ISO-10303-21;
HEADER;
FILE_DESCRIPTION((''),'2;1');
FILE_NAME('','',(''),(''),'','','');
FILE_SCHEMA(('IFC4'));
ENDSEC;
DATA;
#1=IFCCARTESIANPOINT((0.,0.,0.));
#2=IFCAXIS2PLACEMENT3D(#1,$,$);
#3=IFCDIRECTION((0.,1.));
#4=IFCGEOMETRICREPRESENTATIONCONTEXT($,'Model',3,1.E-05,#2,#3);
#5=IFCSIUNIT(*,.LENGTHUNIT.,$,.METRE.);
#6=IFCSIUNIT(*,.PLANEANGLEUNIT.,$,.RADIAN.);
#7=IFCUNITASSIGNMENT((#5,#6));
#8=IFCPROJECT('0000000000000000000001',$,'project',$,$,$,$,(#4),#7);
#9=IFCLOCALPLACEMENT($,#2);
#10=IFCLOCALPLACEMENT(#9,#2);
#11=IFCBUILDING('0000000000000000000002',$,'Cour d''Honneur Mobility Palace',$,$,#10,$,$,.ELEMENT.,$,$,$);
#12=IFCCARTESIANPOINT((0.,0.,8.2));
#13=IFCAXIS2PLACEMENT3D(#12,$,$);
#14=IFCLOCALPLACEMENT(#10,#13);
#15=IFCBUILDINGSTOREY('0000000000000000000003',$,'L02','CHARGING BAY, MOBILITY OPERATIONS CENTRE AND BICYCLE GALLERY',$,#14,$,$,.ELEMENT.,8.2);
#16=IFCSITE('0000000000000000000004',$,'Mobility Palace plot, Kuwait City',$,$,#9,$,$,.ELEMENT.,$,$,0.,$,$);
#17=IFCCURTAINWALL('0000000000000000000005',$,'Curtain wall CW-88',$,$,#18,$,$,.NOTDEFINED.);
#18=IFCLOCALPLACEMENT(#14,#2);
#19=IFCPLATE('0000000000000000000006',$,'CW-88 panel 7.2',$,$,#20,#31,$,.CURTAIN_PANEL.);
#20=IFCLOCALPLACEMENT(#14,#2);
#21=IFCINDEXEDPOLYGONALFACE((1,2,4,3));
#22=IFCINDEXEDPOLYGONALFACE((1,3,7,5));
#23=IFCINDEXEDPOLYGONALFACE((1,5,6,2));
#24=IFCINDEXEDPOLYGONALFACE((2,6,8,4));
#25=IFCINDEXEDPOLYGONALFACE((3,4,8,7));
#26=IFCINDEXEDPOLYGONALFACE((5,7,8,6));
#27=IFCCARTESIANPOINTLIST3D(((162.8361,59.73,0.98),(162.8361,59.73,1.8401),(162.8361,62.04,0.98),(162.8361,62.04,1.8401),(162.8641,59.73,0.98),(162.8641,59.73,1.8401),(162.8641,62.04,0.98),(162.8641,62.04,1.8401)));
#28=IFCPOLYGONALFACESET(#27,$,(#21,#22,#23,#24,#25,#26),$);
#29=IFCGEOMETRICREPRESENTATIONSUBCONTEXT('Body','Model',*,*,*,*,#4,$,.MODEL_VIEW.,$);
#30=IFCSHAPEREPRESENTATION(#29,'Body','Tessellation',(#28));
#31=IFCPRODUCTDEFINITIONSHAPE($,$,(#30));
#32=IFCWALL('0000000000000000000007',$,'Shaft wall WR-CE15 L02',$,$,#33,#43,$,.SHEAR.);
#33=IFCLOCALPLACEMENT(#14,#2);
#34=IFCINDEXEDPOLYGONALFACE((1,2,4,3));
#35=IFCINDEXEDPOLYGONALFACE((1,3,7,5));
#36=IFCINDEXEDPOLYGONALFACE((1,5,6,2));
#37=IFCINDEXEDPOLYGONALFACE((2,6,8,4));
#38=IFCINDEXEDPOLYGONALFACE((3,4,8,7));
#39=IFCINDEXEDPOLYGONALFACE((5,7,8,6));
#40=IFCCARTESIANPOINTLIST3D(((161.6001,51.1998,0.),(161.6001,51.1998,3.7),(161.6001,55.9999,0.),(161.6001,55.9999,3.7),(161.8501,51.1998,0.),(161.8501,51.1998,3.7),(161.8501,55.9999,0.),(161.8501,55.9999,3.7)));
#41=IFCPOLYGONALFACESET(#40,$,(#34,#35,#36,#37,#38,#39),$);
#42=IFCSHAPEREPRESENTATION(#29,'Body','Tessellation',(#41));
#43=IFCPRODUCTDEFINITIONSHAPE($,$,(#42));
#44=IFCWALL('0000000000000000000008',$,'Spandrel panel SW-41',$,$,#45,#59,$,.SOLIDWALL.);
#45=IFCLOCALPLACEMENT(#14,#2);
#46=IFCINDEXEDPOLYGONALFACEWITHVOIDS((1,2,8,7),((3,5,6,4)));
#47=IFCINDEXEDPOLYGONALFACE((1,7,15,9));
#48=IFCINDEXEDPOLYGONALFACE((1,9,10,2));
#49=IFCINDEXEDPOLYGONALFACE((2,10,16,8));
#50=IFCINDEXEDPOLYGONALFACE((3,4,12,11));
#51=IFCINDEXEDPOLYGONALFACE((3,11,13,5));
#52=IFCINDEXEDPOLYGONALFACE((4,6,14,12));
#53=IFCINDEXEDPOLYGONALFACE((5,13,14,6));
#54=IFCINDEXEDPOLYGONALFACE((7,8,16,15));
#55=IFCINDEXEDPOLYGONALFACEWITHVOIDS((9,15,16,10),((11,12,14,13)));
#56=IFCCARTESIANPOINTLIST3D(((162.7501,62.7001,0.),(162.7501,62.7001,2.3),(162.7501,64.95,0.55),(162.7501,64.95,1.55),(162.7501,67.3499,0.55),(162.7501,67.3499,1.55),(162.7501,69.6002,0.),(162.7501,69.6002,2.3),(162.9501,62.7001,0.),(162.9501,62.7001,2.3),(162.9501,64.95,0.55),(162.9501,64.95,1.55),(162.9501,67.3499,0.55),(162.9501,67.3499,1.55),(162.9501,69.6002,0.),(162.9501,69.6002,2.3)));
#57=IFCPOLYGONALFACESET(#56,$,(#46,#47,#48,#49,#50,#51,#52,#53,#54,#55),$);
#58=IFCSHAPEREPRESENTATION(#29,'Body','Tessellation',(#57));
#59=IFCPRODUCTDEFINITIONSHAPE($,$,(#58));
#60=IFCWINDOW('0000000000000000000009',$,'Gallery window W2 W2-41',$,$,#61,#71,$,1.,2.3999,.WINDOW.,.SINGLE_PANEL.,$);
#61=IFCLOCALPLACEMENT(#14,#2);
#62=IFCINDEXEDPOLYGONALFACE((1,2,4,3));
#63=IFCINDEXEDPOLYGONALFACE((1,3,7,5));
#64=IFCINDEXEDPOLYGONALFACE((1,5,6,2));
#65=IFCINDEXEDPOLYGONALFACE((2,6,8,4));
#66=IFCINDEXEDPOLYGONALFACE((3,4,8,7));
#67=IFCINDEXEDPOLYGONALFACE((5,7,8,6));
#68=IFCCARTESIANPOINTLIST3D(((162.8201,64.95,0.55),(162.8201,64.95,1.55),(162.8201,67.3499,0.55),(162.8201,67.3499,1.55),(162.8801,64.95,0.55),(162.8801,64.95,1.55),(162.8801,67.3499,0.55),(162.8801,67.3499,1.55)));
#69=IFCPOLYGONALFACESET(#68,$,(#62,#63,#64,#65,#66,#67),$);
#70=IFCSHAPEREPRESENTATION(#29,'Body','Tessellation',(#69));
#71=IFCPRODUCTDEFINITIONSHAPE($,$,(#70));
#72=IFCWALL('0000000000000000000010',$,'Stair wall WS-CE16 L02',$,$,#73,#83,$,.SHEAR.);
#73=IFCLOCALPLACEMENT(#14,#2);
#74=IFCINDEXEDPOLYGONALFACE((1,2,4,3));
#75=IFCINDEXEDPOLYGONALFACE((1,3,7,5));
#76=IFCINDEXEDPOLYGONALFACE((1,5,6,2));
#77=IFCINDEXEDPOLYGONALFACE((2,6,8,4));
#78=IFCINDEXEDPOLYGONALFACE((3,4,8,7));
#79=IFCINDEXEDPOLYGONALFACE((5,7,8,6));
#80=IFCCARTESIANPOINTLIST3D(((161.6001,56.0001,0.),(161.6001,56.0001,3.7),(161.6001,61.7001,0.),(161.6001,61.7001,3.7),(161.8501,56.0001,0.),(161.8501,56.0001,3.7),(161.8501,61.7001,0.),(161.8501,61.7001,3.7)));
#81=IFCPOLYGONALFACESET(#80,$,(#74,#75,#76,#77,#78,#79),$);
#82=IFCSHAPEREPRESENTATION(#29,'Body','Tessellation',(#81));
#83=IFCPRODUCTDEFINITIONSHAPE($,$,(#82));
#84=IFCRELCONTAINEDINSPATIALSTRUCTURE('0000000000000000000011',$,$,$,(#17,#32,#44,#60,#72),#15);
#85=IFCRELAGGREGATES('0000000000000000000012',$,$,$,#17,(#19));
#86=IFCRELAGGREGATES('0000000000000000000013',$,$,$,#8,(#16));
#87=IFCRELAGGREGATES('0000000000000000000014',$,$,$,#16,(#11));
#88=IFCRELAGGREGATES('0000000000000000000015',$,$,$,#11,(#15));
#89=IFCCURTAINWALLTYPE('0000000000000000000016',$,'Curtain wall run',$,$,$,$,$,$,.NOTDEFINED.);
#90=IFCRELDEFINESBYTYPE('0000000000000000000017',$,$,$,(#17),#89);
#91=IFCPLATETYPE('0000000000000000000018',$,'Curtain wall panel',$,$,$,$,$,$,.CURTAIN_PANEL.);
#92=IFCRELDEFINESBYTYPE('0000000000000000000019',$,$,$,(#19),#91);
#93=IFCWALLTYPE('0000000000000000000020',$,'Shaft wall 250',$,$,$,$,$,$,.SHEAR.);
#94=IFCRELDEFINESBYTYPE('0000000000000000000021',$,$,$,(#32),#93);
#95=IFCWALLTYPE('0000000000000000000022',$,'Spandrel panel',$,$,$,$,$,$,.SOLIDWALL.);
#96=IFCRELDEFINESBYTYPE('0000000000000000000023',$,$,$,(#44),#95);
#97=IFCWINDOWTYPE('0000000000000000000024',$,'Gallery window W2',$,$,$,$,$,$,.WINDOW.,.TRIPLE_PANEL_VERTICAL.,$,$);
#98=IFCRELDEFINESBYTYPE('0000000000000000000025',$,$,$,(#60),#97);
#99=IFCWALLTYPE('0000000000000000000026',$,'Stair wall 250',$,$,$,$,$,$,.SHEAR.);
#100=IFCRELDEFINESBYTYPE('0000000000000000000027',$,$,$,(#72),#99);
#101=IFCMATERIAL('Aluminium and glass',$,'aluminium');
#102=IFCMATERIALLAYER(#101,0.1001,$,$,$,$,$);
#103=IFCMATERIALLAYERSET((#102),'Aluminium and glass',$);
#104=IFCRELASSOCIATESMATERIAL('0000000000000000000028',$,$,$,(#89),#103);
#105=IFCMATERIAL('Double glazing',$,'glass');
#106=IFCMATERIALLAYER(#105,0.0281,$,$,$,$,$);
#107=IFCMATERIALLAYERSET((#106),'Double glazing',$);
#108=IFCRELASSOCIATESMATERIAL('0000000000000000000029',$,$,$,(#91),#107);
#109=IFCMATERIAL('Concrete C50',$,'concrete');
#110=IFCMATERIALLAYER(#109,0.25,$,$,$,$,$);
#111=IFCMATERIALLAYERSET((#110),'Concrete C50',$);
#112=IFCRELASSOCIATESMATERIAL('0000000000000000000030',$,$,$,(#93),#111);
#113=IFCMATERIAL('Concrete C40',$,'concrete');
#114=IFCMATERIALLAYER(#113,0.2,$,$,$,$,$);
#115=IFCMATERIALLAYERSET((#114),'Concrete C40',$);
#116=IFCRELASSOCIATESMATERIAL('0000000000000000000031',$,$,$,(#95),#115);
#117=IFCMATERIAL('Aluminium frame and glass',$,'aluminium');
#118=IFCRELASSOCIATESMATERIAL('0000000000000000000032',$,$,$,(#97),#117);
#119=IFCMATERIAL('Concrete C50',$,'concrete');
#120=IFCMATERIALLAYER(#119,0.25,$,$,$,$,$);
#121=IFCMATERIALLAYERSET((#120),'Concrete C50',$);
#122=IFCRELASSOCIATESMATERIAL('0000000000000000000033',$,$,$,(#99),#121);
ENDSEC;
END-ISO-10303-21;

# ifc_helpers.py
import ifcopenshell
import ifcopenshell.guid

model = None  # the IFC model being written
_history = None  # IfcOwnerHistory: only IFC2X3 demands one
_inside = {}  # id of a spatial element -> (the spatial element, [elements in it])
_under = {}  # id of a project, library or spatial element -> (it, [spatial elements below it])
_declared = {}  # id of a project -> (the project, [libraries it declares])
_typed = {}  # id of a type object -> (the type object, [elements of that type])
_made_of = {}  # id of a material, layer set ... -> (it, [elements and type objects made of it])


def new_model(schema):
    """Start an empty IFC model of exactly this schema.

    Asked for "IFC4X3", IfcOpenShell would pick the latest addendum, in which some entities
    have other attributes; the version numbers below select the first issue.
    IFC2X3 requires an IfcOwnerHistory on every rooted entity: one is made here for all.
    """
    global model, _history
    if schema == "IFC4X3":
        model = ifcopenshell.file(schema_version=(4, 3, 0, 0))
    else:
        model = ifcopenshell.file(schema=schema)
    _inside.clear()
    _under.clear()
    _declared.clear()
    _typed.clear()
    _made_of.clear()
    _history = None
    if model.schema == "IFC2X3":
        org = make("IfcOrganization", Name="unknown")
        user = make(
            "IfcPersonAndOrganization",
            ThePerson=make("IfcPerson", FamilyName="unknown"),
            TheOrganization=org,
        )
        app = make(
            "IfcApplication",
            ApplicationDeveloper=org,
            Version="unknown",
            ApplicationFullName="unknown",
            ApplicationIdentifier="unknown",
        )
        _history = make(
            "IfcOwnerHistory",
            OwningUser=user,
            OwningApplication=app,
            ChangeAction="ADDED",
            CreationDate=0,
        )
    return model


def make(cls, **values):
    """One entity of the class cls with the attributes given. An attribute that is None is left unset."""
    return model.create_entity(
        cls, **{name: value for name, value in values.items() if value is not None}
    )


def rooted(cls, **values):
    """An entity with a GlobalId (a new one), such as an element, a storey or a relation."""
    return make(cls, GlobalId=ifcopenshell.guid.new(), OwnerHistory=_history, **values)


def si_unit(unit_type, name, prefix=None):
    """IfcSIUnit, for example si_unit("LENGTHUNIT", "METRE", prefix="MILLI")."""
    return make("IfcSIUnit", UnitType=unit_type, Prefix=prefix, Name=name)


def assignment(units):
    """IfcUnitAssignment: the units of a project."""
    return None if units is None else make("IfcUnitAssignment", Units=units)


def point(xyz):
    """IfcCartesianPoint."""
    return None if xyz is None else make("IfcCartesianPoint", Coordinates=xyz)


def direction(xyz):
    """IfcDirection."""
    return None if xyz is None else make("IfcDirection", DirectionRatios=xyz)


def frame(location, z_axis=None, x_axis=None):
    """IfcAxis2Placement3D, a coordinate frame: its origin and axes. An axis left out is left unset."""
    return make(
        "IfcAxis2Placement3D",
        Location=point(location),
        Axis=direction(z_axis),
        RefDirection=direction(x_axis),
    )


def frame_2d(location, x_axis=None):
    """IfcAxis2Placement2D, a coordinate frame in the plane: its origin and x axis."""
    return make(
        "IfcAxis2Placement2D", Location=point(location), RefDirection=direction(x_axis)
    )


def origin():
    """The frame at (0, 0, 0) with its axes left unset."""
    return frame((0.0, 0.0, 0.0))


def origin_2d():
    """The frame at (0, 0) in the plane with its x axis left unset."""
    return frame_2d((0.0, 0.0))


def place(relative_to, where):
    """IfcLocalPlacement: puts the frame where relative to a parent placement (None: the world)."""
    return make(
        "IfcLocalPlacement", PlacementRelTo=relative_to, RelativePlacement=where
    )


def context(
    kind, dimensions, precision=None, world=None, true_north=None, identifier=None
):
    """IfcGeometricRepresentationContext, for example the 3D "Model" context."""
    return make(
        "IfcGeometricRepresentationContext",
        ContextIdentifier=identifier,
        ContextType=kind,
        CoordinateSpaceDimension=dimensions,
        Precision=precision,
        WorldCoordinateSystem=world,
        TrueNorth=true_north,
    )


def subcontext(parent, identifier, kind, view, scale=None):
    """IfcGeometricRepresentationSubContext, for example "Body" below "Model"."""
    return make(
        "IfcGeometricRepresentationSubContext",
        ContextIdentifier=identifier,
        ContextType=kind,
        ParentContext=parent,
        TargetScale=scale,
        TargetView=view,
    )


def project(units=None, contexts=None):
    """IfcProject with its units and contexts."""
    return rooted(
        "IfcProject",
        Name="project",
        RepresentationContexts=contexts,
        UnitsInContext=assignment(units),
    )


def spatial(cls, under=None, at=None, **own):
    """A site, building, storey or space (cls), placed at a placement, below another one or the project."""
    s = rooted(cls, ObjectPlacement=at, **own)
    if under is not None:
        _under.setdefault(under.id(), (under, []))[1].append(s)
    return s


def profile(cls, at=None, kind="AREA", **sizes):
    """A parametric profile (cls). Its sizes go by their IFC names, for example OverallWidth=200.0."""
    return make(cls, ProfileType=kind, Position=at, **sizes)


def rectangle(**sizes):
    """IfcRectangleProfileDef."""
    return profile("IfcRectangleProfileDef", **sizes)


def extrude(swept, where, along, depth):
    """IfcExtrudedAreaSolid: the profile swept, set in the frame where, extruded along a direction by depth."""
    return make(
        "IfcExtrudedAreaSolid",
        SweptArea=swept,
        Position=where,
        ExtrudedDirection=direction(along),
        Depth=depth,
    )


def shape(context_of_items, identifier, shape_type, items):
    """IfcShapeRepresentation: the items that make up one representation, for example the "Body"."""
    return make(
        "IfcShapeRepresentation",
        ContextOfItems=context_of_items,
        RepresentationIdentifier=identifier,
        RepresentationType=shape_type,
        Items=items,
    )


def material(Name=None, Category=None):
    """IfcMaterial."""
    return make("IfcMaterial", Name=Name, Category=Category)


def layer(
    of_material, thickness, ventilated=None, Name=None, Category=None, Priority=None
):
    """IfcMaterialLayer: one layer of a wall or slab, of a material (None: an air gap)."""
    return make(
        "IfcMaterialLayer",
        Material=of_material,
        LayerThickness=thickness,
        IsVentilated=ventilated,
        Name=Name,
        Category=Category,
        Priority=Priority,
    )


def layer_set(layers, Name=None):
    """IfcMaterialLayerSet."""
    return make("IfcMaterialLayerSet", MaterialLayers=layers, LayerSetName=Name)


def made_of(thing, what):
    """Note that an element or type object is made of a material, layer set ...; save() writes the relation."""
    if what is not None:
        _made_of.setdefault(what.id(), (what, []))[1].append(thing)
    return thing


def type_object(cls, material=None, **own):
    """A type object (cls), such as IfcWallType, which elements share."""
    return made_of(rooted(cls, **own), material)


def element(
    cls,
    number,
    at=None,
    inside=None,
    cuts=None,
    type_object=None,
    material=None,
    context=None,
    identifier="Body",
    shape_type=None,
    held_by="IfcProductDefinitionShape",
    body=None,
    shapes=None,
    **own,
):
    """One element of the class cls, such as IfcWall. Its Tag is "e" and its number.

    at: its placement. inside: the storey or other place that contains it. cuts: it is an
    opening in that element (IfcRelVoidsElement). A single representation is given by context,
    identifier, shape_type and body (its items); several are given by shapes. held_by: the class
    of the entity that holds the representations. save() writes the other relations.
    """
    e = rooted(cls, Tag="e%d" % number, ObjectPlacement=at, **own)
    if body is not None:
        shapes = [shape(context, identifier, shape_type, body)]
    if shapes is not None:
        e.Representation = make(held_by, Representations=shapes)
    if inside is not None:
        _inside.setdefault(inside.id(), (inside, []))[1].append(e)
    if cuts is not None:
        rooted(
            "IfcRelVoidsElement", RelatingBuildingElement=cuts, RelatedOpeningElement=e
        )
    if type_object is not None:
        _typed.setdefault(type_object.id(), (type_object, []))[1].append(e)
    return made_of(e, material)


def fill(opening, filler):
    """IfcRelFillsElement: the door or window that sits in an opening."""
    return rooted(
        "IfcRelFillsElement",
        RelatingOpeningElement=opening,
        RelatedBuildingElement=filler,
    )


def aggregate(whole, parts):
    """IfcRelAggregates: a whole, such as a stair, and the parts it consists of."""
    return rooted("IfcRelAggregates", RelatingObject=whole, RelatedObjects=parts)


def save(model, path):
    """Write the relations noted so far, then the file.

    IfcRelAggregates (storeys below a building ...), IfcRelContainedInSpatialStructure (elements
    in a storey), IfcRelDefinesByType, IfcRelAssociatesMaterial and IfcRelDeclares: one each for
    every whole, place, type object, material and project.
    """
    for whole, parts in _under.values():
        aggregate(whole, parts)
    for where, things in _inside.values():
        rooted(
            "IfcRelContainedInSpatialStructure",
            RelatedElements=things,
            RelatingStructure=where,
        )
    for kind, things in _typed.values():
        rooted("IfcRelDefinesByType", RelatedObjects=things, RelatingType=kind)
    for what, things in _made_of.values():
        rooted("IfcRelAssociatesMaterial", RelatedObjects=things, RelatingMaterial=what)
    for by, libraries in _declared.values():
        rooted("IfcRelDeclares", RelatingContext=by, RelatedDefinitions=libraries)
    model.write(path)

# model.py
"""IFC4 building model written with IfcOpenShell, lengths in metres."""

from ifc_helpers import new_model, si_unit, direction, frame, frame_2d, origin, origin_2d, place, context, subcontext, project, spatial, rectangle, extrude, material, layer, layer_set, type_object, element, fill, aggregate, save


model = new_model("IFC4")

# Units and contexts
model_context = context("Model", 3, precision=1e-05, world=origin(), true_north=direction((0.0, 1.0)))
body_context = subcontext(model_context, "Body", "Model", "MODEL_VIEW")
ifc_project = project(units=[si_unit("LENGTHUNIT", "METRE"), si_unit("PLANEANGLEUNIT", "RADIAN")], contexts=[model_context])

# Site, building, storey
site_placement = place(None, origin())
site = spatial("IfcSite", under=ifc_project, at=site_placement, Name="Mobility Palace plot, Kuwait City", CompositionType="ELEMENT", RefElevation=0.0)
building_placement = place(site_placement, origin())
building = spatial("IfcBuilding", under=site, at=building_placement, Name="Cour d'Honneur Mobility Palace", CompositionType="ELEMENT")
storey_placement = place(building_placement, frame((0.0, 0.0, 8.2)))
storey = spatial("IfcBuildingStorey", under=building, at=storey_placement, Name="L02", Description="CHARGING BAY, MOBILITY OPERATIONS CENTRE AND BICYCLE GALLERY", CompositionType="ELEMENT", Elevation=8.2)

# Curtain wall, plate
ifc_material_1 = material(Name="Aluminium and glass", Category="aluminium")
ifc_layer_1 = layer(ifc_material_1, 0.1001)
ifc_layer_set_1 = layer_set([ifc_layer_1], Name="Aluminium and glass")
curtain_wall_type = type_object("IfcCurtainWallType", Name="Curtain wall run", PredefinedType="NOTDEFINED", material=ifc_layer_set_1)
curtain_wall_placement = place(storey_placement, origin())
curtain_wall = element("IfcCurtainWall", 1, at=curtain_wall_placement, inside=storey, type_object=curtain_wall_type, Name="Curtain wall CW-88", PredefinedType="NOTDEFINED")
ifc_material_2 = material(Name="Double glazing", Category="glass")
ifc_layer_2 = layer(ifc_material_2, 0.0281)
ifc_layer_set_2 = layer_set([ifc_layer_2], Name="Double glazing")
plate_type = type_object("IfcPlateType", Name="Curtain wall panel", PredefinedType="CURTAIN_PANEL", material=ifc_layer_set_2)
plate_1_placement = place(storey_placement, frame((162.8501, 60.885, 0.98), z_axis=(0.0, 0.0, 1.0), x_axis=(0.0, 1.0, 0.0)))
plate_1 = element("IfcPlate", 2, at=plate_1_placement, type_object=plate_type, Name="CW-88 panel 7.2", PredefinedType="CURTAIN_PANEL", context=body_context, shape_type="SweptSolid", body=[
    extrude(rectangle(XDim=2.3101, YDim=0.0281, at=origin_2d()), origin(), (0.0, 0.0, 1.0), 0.8601),
])
aggregate(curtain_wall, [plate_1])

# Wall
ifc_material_3 = material(Name="Concrete C50", Category="concrete")
ifc_layer_3 = layer(ifc_material_3, 0.25)
ifc_layer_set_3 = layer_set([ifc_layer_3], Name="Concrete C50")
wall_type_1 = type_object("IfcWallType", Name="Shaft wall 250", PredefinedType="SHEAR", material=ifc_layer_set_3)
wall_1_placement = place(storey_placement, frame((161.7251, 51.2, 0.0), z_axis=(0.0, 0.0, 1.0), x_axis=(0.0, 1.0, 0.0)))
element("IfcWall", 3, at=wall_1_placement, inside=storey, type_object=wall_type_1, Name="Shaft wall WR-CE15 L02", PredefinedType="SHEAR", context=body_context, shape_type="SweptSolid", body=[
    extrude(rectangle(XDim=4.8, YDim=0.25, at=frame_2d((2.3999, 0.0))), origin(), (0.0, 0.0, 1.0), 3.7),
])

# Wall, opening, window
ifc_material_4 = material(Name="Concrete C40", Category="concrete")
ifc_layer_4 = layer(ifc_material_4, 0.2)
ifc_layer_set_4 = layer_set([ifc_layer_4], Name="Concrete C40")
wall_type_2 = type_object("IfcWallType", Name="Spandrel panel", PredefinedType="SOLIDWALL", material=ifc_layer_set_4)
wall_2_placement = place(storey_placement, frame((162.8501, 62.7, 0.0), z_axis=(0.0, 0.0, 1.0), x_axis=(0.0, 1.0, 0.0)))
wall_2 = element("IfcWall", 4, at=wall_2_placement, inside=storey, type_object=wall_type_2, Name="Spandrel panel SW-41", PredefinedType="SOLIDWALL", context=body_context, shape_type="SweptSolid", body=[
    extrude(rectangle(XDim=6.9001, YDim=0.2, at=frame_2d((3.4502, 0.0))), origin(), (0.0, 0.0, 1.0), 2.3),
])
opening_placement = place(wall_2_placement, frame((2.25, 0.0, 0.55)))
opening = element("IfcOpeningElement", 5, at=opening_placement, cuts=wall_2, PredefinedType="OPENING", context=body_context, shape_type="SweptSolid", body=[
    extrude(rectangle(XDim=2.3999, YDim=1.0, at=frame_2d((1.2, 0.5))), frame((0.0, 0.1099, 0.0), z_axis=(0.0, -1.0, 0.0), x_axis=(1.0, 0.0, 0.0)), (0.0, 0.0, 1.0), 0.22),
])
ifc_material_5 = material(Name="Aluminium frame and glass", Category="aluminium")
window_type = type_object("IfcWindowType", Name="Gallery window W2", PartitioningType="TRIPLE_PANEL_VERTICAL", PredefinedType="WINDOW", material=ifc_material_5)
window_placement = place(opening_placement, origin())
window = element("IfcWindow", 6, at=window_placement, inside=storey, type_object=window_type, Name="Gallery window W2 W2-41", OverallHeight=1.0, OverallWidth=2.3999, PartitioningType="SINGLE_PANEL", PredefinedType="WINDOW", context=body_context, shape_type="SweptSolid", body=[
    extrude(rectangle(XDim=2.3999, YDim=1.0, at=frame_2d((1.2, 0.5))), frame((0.0, 0.03, 0.0), z_axis=(0.0, -1.0, 0.0), x_axis=(1.0, 0.0, 0.0)), (0.0, 0.0, 1.0), 0.0601),
])
fill(opening, window)

# Wall
ifc_material_6 = material(Name="Concrete C50", Category="concrete")
ifc_layer_5 = layer(ifc_material_6, 0.25)
ifc_layer_set_5 = layer_set([ifc_layer_5], Name="Concrete C50")
wall_type_3 = type_object("IfcWallType", Name="Stair wall 250", PredefinedType="SHEAR", material=ifc_layer_set_5)
wall_3_placement = place(storey_placement, frame((161.7251, 56.0, 0.0), z_axis=(0.0, 0.0, 1.0), x_axis=(0.0, 1.0, 0.0)))
element("IfcWall", 7, at=wall_3_placement, inside=storey, type_object=wall_type_3, Name="Stair wall WS-CE16 L02", PredefinedType="SHEAR", context=body_context, shape_type="SweptSolid", body=[
    extrude(rectangle(XDim=5.7, YDim=0.25, at=frame_2d((2.8501, 0.0))), origin(), (0.0, 0.0, 1.0), 3.7),
])

save(model, "model.ifc")
